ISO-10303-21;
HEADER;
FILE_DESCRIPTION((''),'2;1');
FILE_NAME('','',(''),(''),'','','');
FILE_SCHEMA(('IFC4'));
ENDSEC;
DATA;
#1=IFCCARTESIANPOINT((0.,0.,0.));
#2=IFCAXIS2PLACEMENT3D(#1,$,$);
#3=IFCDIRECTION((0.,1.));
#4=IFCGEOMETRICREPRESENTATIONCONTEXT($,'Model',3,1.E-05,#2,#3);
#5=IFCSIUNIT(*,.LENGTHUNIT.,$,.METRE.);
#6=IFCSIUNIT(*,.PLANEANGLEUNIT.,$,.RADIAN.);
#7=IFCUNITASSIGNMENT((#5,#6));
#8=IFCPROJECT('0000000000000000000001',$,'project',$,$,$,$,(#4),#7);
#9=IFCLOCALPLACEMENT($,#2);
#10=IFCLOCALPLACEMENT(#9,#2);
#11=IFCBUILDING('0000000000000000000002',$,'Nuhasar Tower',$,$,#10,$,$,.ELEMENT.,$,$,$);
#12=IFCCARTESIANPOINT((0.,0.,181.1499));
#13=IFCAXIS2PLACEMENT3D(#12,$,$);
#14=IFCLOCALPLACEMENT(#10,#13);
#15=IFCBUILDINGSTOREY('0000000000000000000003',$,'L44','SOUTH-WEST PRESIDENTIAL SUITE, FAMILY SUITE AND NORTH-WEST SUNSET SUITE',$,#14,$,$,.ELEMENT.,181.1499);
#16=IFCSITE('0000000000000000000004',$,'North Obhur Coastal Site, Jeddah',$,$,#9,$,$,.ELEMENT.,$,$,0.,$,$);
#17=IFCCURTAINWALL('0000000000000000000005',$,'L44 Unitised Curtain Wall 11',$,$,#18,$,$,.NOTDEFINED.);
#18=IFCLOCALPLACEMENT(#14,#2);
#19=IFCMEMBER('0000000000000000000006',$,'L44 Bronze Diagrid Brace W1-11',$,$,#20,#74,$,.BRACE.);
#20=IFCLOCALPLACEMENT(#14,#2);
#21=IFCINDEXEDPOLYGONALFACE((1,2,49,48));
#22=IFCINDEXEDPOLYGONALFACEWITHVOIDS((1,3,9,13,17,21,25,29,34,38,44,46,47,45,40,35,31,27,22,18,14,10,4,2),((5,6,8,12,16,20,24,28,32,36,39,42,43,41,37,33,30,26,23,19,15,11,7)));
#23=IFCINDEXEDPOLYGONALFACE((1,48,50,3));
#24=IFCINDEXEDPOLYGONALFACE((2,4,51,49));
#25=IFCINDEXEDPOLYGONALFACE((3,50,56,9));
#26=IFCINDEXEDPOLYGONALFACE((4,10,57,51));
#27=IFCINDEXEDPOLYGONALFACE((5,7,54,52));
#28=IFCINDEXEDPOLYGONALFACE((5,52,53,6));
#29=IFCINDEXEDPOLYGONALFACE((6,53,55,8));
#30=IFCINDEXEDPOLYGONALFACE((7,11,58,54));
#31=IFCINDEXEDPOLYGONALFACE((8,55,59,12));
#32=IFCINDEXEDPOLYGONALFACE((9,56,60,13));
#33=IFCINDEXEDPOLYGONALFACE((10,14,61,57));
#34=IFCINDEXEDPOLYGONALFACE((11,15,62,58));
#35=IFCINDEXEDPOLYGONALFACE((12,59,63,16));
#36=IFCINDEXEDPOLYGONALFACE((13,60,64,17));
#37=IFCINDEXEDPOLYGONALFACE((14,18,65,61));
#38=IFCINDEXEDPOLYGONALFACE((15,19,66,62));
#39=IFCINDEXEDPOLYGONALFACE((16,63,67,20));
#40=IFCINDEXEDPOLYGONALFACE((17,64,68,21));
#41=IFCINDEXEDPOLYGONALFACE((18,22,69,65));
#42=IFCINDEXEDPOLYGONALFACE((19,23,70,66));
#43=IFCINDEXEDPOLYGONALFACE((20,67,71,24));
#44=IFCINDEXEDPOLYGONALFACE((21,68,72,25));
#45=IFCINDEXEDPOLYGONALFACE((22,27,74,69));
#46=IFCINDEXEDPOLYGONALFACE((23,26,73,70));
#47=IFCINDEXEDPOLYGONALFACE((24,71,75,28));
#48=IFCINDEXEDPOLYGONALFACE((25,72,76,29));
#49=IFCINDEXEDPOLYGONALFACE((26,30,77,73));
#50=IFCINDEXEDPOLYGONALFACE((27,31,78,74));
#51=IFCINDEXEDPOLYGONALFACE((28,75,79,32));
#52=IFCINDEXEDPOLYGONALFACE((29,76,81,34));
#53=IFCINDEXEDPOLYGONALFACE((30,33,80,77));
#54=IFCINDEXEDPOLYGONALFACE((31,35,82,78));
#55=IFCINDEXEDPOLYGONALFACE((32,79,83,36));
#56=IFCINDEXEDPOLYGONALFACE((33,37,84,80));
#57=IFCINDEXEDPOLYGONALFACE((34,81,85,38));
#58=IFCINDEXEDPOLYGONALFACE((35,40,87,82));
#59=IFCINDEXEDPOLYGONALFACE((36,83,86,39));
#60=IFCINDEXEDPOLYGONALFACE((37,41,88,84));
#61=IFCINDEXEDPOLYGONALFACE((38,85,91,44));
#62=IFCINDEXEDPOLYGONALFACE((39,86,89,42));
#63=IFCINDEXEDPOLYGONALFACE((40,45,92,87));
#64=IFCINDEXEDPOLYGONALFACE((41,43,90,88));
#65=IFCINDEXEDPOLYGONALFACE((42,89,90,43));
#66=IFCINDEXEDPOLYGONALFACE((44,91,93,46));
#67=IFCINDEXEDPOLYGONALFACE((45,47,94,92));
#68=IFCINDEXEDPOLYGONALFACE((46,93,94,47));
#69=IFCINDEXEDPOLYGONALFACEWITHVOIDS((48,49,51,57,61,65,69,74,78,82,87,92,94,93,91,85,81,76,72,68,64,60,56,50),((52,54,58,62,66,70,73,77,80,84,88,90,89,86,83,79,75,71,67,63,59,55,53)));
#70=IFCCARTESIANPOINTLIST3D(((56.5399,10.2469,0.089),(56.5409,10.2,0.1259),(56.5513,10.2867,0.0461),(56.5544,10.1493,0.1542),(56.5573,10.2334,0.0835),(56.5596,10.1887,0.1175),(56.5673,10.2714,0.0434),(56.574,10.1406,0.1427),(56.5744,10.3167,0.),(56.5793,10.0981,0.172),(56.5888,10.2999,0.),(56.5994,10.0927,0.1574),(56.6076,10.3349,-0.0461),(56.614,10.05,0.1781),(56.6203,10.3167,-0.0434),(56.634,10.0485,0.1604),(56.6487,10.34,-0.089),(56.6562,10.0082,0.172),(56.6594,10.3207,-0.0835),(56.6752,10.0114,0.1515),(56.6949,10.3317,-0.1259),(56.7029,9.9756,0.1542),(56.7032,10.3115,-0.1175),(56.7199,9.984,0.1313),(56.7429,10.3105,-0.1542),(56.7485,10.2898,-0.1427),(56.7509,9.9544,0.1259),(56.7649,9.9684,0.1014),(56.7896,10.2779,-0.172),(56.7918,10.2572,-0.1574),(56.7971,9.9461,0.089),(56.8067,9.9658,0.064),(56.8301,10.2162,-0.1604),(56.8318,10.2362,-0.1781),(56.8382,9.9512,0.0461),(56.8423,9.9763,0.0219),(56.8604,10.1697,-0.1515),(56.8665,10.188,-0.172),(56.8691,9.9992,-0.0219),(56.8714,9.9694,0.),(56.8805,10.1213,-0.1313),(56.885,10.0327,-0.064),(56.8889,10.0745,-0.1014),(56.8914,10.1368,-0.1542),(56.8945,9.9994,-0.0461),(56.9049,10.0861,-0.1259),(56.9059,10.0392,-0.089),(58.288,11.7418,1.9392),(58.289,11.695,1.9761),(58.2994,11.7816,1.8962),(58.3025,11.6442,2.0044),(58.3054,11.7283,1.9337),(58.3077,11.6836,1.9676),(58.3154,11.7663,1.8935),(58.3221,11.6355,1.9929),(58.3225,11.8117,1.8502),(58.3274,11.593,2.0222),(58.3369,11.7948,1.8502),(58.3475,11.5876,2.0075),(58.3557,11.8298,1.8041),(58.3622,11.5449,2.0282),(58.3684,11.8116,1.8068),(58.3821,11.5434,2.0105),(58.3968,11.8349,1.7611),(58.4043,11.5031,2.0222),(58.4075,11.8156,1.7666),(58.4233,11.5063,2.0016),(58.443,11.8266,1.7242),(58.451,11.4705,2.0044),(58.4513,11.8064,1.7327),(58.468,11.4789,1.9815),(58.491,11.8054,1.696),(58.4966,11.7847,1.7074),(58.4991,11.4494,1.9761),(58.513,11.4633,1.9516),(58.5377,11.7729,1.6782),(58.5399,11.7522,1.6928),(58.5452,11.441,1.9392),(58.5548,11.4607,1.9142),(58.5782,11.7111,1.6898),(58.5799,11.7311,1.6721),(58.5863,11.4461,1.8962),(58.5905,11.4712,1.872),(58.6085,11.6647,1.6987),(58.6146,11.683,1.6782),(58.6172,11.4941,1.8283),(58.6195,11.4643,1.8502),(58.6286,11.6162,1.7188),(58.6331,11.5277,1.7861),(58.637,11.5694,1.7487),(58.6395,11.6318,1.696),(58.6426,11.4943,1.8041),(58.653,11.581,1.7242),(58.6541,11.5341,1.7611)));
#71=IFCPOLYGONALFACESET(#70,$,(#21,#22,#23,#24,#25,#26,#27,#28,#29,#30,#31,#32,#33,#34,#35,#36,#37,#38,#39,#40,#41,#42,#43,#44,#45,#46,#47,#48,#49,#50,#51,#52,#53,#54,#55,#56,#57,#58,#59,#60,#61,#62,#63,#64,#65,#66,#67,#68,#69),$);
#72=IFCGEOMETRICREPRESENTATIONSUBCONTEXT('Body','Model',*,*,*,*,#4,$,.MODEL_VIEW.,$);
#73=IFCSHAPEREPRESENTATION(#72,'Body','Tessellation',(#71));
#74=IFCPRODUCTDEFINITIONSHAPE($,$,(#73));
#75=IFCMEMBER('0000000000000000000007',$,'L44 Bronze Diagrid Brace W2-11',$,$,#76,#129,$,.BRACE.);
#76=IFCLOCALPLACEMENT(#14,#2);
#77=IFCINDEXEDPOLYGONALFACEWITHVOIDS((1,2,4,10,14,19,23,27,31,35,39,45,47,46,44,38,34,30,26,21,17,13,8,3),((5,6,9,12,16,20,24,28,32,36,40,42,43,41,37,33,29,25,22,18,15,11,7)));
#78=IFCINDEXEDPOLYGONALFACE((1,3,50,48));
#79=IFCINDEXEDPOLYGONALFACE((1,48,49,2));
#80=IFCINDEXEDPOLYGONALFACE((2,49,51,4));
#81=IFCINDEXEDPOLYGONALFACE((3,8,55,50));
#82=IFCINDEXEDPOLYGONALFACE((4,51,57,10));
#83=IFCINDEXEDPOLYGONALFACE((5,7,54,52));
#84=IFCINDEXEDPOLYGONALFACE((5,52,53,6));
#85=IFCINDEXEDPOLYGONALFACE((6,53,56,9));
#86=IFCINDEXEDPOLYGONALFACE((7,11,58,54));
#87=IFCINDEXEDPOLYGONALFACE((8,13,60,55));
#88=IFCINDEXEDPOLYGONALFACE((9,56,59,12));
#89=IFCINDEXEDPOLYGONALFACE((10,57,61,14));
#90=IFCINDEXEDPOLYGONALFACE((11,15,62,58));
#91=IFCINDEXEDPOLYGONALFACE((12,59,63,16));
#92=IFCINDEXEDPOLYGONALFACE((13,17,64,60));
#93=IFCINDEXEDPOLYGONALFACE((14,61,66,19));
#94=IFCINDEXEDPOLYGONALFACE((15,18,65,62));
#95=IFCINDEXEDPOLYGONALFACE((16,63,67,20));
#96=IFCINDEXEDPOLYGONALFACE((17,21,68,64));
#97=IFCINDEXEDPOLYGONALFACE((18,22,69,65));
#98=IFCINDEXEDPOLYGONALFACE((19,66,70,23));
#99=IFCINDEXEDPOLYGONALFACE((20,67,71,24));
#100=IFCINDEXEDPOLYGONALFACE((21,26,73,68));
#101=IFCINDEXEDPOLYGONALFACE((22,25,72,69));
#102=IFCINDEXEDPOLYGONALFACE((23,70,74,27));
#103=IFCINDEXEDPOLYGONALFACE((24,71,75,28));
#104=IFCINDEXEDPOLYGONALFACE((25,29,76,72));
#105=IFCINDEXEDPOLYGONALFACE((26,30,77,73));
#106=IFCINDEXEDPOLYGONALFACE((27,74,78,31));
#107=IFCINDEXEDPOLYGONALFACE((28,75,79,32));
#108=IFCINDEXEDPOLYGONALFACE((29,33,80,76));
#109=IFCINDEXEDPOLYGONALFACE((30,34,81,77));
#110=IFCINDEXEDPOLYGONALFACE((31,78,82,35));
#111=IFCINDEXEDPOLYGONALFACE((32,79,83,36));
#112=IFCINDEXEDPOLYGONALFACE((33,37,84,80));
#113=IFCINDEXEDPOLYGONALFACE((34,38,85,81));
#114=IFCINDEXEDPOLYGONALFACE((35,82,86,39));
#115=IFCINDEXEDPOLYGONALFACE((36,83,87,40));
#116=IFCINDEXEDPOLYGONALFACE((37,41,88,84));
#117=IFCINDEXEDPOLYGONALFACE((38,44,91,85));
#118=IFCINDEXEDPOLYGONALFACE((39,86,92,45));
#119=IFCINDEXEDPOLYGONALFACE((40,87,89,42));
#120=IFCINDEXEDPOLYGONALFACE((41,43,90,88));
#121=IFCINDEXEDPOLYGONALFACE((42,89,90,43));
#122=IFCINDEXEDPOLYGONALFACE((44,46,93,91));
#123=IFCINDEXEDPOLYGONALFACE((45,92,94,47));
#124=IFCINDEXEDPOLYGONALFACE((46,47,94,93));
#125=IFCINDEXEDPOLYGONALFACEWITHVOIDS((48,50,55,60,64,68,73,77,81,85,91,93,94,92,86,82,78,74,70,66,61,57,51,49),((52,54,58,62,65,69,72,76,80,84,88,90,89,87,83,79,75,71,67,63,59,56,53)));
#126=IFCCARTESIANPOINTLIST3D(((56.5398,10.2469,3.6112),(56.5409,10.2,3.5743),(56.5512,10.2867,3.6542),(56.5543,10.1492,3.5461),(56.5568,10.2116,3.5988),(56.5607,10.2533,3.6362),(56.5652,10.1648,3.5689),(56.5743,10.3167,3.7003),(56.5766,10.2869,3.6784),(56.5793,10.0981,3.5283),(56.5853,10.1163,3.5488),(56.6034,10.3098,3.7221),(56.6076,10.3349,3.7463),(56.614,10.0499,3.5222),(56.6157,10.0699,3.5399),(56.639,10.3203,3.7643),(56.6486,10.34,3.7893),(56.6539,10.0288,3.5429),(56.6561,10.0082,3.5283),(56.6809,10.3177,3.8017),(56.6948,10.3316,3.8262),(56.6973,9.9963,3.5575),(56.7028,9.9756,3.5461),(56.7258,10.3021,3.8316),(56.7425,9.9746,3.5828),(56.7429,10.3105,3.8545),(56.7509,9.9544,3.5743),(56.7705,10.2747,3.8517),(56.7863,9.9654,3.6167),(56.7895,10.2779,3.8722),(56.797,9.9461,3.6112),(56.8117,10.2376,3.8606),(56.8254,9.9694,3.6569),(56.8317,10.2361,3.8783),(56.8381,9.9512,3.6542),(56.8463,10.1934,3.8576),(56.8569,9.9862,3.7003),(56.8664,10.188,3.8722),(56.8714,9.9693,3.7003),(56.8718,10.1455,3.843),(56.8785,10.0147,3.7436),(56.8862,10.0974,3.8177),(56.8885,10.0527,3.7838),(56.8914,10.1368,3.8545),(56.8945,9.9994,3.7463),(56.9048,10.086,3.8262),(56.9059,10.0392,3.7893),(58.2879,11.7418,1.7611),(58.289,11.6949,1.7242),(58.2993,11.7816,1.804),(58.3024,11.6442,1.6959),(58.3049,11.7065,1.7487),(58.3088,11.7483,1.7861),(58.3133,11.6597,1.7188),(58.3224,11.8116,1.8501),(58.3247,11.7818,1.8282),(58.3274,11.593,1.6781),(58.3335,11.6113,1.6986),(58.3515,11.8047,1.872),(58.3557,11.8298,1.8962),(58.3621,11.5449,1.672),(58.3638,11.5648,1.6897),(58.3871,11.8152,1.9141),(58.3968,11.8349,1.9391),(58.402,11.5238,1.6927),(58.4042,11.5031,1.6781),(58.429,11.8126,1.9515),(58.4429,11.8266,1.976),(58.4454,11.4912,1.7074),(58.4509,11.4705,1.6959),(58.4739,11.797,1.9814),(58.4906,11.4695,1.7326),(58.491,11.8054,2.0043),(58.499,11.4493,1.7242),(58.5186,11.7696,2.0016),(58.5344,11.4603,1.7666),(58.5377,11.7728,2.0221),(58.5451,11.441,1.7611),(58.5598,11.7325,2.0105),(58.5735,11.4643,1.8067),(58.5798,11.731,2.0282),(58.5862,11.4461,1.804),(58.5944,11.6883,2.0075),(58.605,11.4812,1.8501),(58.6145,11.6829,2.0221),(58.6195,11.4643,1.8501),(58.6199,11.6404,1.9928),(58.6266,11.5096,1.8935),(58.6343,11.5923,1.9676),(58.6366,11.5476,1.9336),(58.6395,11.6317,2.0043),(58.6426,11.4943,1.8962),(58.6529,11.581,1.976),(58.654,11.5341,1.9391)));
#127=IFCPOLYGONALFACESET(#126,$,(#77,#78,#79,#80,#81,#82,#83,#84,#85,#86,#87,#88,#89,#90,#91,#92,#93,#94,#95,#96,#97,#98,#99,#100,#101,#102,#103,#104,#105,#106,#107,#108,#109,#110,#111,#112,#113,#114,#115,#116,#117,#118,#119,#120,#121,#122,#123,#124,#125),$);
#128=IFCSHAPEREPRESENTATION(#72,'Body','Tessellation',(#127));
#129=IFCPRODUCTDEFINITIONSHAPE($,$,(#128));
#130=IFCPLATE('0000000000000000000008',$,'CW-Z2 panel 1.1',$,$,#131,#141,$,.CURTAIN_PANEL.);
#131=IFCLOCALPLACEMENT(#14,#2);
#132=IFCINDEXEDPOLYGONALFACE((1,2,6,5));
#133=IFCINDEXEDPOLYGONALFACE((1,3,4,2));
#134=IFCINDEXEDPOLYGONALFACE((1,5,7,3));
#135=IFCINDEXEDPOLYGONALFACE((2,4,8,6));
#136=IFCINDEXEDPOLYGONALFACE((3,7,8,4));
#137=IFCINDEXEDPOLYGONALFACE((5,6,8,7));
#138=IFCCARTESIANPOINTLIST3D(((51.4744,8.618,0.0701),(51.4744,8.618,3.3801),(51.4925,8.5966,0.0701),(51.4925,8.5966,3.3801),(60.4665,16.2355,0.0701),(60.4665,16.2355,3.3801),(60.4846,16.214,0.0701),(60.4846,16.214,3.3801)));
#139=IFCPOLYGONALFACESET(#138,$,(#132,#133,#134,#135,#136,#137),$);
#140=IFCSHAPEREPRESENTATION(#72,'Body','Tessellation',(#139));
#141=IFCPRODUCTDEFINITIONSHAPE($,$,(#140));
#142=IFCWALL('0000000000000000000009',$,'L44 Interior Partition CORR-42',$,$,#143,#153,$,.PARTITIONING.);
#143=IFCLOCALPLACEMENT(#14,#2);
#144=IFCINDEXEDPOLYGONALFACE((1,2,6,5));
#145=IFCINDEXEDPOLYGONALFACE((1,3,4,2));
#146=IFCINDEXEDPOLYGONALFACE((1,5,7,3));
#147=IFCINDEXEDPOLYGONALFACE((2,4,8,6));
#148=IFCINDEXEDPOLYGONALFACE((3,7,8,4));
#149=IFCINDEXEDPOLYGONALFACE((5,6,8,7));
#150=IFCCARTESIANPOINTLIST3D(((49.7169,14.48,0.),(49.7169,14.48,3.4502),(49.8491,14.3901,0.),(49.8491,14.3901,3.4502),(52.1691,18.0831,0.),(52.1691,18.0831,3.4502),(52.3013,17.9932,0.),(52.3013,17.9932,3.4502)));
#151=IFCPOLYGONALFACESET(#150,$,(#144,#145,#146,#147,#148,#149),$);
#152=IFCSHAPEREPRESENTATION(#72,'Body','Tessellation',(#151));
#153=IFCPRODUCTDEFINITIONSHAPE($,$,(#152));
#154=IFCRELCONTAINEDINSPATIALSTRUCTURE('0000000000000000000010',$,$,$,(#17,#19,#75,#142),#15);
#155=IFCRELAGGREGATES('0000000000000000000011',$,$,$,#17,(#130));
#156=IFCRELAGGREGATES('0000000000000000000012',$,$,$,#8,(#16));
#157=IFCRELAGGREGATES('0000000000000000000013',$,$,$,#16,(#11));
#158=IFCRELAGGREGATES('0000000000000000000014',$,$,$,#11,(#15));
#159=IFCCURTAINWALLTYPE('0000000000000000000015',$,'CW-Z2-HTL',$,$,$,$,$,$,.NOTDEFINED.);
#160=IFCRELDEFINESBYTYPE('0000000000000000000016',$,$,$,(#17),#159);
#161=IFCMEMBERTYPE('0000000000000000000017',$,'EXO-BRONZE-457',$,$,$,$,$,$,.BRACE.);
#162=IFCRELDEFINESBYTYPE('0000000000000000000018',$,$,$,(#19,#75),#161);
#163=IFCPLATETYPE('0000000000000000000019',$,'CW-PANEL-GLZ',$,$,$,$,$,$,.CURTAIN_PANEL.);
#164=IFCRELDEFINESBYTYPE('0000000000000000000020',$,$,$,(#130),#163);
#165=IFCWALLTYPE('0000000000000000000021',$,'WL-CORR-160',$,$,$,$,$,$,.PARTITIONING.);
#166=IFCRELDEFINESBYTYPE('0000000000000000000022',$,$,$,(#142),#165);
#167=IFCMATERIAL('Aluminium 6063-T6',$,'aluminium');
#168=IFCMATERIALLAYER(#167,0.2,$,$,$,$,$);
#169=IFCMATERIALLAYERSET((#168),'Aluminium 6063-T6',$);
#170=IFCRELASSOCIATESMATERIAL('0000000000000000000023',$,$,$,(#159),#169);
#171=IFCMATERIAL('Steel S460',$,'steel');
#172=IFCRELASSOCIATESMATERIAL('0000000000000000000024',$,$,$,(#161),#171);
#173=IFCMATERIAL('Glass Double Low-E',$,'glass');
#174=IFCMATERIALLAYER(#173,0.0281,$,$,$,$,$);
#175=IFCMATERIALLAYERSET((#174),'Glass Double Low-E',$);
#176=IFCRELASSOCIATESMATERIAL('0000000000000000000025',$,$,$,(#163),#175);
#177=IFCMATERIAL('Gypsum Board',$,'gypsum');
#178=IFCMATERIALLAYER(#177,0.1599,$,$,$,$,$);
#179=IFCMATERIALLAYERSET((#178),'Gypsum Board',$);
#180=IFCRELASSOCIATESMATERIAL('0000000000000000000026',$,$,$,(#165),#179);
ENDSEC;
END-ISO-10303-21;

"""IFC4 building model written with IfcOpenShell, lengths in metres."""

from ifc_helpers import new_model, si_unit, direction, frame, frame_2d, origin, origin_2d, place, context, subcontext, project, spatial, rectangle, hollow_circle, extrude, material, layer, layer_set, material_profile, profile_set, type_object, element, aggregate, save


model = new_model("IFC4")

# Units and contexts
model_context = context("Model", 3, precision=1e-05, world=origin(), true_north=direction((0.0, 1.0)))
body_context = subcontext(model_context, "Body", "Model", "MODEL_VIEW")
ifc_project = project(units=[si_unit("LENGTHUNIT", "METRE"), si_unit("PLANEANGLEUNIT", "RADIAN")], contexts=[model_context])

# Site, building, storey
site_placement = place(None, origin())
site = spatial("IfcSite", under=ifc_project, at=site_placement, Name="North Obhur Coastal Site, Jeddah", CompositionType="ELEMENT", RefElevation=0.0)
building_placement = place(site_placement, origin())
building = spatial("IfcBuilding", under=site, at=building_placement, Name="Nuhasar Tower", CompositionType="ELEMENT")
storey_placement = place(building_placement, frame((0.0, 0.0, 181.1499)))
storey = spatial("IfcBuildingStorey", under=building, at=storey_placement, Name="L44", Description="SOUTH-WEST PRESIDENTIAL SUITE, FAMILY SUITE AND NORTH-WEST SUNSET SUITE", CompositionType="ELEMENT", Elevation=181.1499)

# Shared definitions
ifc_material_1 = material(Name="Aluminium 6063-T6", Category="aluminium")
ifc_layer_1 = layer(ifc_material_1, 0.2)
ifc_layer_set_1 = layer_set([ifc_layer_1], Name="Aluminium 6063-T6")
curtain_wall_type = type_object("IfcCurtainWallType", Name="CW-Z2-HTL", PredefinedType="NOTDEFINED", material=ifc_layer_set_1)

# Curtain wall
curtain_wall_1_placement = place(storey_placement, origin())
curtain_wall_1 = element("IfcCurtainWall", 1, at=curtain_wall_1_placement, inside=storey, type_object=curtain_wall_type, Name="L44 Unitised Curtain Wall 11", PredefinedType="NOTDEFINED")

# Members
ifc_material_2 = material(Name="Steel S460", Category="steel")
ifc_material_profile_1 = material_profile(ifc_material_2, hollow_circle(Radius=0.2285, WallThickness=0.0222, at=origin_2d()), Name="HSS457X22.2")
ifc_profile_set_1 = profile_set([ifc_material_profile_1], Name="Steel S460")
member_type_1 = type_object("IfcMemberType", Name="EXO-BRONZE-457", PredefinedType="BRACE", material=ifc_profile_set_1)
for number, where, z_axis, x_axis, name in (
    (2, (56.7229, 10.1431, 0.0), (0.592195, 0.506426, 0.626767), (-0.649926, 0.759998, 0.0), "L44 Bronze Diagrid Brace W1-11"),
    (3, (58.4709, 11.6379, 1.8501), (-0.592195, -0.506426, 0.626767), (0.649926, -0.759998, 0.0), "L44 Bronze Diagrid Brace W2-11"),
):
    element("IfcMember", number, at=place(storey_placement, frame(where, z_axis=z_axis, x_axis=x_axis)), inside=storey, type_object=member_type_1, Name=name, PredefinedType="BRACE", context=body_context, shape_type="SweptSolid", body=[
        extrude(hollow_circle(Radius=0.2285, WallThickness=0.0222, at=origin_2d()), origin(), (0.0, 0.0, 1.0), 2.9519),
    ])

# Plate
ifc_material_3 = material(Name="Glass Double Low-E", Category="glass")
ifc_layer_2 = layer(ifc_material_3, 0.0281)
ifc_layer_set_2 = layer_set([ifc_layer_2], Name="Glass Double Low-E")
plate_type = type_object("IfcPlateType", Name="CW-PANEL-GLZ", PredefinedType="CURTAIN_PANEL", material=ifc_layer_set_2)
plate_placement = place(storey_placement, frame((55.9795, 12.416, 0.0701), z_axis=(0.0, 0.0, 1.0), x_axis=(0.76302, 0.646374, 0.0)))
plate = element("IfcPlate", 4, at=plate_placement, type_object=plate_type, Name="CW-Z2 panel 1.1", PredefinedType="CURTAIN_PANEL", context=body_context, shape_type="SweptSolid", body=[
    extrude(rectangle(XDim=11.7849, YDim=0.0281, at=origin_2d()), origin(), (0.0, 0.0, 1.0), 3.3101),
])
aggregate(curtain_wall_1, [plate])

# Shared definitions
ifc_material_4 = material(Name="Gypsum Board", Category="gypsum")
ifc_layer_3 = layer(ifc_material_4, 0.1599)
ifc_layer_set_3 = layer_set([ifc_layer_3], Name="Gypsum Board")
wall_type = type_object("IfcWallType", Name="WL-CORR-160", PredefinedType="PARTITIONING", material=ifc_layer_set_3)

# Wall
wall_1_placement = place(storey_placement, frame((49.783, 14.4351, 0.0), z_axis=(0.0, 0.0, 1.0), x_axis=(0.562638, 0.826703, 0.0)))
element("IfcWall", 5, at=wall_1_placement, inside=storey, type_object=wall_type, Name="L44 Interior Partition CORR-42", PredefinedType="PARTITIONING", context=body_context, shape_type="SweptSolid", body=[
    extrude(rectangle(XDim=4.3584, YDim=0.1599, at=frame_2d((2.1792, 0.0))), origin(), (0.0, 0.0, 1.0), 3.4502),
])

save(model, "model.ifc")
